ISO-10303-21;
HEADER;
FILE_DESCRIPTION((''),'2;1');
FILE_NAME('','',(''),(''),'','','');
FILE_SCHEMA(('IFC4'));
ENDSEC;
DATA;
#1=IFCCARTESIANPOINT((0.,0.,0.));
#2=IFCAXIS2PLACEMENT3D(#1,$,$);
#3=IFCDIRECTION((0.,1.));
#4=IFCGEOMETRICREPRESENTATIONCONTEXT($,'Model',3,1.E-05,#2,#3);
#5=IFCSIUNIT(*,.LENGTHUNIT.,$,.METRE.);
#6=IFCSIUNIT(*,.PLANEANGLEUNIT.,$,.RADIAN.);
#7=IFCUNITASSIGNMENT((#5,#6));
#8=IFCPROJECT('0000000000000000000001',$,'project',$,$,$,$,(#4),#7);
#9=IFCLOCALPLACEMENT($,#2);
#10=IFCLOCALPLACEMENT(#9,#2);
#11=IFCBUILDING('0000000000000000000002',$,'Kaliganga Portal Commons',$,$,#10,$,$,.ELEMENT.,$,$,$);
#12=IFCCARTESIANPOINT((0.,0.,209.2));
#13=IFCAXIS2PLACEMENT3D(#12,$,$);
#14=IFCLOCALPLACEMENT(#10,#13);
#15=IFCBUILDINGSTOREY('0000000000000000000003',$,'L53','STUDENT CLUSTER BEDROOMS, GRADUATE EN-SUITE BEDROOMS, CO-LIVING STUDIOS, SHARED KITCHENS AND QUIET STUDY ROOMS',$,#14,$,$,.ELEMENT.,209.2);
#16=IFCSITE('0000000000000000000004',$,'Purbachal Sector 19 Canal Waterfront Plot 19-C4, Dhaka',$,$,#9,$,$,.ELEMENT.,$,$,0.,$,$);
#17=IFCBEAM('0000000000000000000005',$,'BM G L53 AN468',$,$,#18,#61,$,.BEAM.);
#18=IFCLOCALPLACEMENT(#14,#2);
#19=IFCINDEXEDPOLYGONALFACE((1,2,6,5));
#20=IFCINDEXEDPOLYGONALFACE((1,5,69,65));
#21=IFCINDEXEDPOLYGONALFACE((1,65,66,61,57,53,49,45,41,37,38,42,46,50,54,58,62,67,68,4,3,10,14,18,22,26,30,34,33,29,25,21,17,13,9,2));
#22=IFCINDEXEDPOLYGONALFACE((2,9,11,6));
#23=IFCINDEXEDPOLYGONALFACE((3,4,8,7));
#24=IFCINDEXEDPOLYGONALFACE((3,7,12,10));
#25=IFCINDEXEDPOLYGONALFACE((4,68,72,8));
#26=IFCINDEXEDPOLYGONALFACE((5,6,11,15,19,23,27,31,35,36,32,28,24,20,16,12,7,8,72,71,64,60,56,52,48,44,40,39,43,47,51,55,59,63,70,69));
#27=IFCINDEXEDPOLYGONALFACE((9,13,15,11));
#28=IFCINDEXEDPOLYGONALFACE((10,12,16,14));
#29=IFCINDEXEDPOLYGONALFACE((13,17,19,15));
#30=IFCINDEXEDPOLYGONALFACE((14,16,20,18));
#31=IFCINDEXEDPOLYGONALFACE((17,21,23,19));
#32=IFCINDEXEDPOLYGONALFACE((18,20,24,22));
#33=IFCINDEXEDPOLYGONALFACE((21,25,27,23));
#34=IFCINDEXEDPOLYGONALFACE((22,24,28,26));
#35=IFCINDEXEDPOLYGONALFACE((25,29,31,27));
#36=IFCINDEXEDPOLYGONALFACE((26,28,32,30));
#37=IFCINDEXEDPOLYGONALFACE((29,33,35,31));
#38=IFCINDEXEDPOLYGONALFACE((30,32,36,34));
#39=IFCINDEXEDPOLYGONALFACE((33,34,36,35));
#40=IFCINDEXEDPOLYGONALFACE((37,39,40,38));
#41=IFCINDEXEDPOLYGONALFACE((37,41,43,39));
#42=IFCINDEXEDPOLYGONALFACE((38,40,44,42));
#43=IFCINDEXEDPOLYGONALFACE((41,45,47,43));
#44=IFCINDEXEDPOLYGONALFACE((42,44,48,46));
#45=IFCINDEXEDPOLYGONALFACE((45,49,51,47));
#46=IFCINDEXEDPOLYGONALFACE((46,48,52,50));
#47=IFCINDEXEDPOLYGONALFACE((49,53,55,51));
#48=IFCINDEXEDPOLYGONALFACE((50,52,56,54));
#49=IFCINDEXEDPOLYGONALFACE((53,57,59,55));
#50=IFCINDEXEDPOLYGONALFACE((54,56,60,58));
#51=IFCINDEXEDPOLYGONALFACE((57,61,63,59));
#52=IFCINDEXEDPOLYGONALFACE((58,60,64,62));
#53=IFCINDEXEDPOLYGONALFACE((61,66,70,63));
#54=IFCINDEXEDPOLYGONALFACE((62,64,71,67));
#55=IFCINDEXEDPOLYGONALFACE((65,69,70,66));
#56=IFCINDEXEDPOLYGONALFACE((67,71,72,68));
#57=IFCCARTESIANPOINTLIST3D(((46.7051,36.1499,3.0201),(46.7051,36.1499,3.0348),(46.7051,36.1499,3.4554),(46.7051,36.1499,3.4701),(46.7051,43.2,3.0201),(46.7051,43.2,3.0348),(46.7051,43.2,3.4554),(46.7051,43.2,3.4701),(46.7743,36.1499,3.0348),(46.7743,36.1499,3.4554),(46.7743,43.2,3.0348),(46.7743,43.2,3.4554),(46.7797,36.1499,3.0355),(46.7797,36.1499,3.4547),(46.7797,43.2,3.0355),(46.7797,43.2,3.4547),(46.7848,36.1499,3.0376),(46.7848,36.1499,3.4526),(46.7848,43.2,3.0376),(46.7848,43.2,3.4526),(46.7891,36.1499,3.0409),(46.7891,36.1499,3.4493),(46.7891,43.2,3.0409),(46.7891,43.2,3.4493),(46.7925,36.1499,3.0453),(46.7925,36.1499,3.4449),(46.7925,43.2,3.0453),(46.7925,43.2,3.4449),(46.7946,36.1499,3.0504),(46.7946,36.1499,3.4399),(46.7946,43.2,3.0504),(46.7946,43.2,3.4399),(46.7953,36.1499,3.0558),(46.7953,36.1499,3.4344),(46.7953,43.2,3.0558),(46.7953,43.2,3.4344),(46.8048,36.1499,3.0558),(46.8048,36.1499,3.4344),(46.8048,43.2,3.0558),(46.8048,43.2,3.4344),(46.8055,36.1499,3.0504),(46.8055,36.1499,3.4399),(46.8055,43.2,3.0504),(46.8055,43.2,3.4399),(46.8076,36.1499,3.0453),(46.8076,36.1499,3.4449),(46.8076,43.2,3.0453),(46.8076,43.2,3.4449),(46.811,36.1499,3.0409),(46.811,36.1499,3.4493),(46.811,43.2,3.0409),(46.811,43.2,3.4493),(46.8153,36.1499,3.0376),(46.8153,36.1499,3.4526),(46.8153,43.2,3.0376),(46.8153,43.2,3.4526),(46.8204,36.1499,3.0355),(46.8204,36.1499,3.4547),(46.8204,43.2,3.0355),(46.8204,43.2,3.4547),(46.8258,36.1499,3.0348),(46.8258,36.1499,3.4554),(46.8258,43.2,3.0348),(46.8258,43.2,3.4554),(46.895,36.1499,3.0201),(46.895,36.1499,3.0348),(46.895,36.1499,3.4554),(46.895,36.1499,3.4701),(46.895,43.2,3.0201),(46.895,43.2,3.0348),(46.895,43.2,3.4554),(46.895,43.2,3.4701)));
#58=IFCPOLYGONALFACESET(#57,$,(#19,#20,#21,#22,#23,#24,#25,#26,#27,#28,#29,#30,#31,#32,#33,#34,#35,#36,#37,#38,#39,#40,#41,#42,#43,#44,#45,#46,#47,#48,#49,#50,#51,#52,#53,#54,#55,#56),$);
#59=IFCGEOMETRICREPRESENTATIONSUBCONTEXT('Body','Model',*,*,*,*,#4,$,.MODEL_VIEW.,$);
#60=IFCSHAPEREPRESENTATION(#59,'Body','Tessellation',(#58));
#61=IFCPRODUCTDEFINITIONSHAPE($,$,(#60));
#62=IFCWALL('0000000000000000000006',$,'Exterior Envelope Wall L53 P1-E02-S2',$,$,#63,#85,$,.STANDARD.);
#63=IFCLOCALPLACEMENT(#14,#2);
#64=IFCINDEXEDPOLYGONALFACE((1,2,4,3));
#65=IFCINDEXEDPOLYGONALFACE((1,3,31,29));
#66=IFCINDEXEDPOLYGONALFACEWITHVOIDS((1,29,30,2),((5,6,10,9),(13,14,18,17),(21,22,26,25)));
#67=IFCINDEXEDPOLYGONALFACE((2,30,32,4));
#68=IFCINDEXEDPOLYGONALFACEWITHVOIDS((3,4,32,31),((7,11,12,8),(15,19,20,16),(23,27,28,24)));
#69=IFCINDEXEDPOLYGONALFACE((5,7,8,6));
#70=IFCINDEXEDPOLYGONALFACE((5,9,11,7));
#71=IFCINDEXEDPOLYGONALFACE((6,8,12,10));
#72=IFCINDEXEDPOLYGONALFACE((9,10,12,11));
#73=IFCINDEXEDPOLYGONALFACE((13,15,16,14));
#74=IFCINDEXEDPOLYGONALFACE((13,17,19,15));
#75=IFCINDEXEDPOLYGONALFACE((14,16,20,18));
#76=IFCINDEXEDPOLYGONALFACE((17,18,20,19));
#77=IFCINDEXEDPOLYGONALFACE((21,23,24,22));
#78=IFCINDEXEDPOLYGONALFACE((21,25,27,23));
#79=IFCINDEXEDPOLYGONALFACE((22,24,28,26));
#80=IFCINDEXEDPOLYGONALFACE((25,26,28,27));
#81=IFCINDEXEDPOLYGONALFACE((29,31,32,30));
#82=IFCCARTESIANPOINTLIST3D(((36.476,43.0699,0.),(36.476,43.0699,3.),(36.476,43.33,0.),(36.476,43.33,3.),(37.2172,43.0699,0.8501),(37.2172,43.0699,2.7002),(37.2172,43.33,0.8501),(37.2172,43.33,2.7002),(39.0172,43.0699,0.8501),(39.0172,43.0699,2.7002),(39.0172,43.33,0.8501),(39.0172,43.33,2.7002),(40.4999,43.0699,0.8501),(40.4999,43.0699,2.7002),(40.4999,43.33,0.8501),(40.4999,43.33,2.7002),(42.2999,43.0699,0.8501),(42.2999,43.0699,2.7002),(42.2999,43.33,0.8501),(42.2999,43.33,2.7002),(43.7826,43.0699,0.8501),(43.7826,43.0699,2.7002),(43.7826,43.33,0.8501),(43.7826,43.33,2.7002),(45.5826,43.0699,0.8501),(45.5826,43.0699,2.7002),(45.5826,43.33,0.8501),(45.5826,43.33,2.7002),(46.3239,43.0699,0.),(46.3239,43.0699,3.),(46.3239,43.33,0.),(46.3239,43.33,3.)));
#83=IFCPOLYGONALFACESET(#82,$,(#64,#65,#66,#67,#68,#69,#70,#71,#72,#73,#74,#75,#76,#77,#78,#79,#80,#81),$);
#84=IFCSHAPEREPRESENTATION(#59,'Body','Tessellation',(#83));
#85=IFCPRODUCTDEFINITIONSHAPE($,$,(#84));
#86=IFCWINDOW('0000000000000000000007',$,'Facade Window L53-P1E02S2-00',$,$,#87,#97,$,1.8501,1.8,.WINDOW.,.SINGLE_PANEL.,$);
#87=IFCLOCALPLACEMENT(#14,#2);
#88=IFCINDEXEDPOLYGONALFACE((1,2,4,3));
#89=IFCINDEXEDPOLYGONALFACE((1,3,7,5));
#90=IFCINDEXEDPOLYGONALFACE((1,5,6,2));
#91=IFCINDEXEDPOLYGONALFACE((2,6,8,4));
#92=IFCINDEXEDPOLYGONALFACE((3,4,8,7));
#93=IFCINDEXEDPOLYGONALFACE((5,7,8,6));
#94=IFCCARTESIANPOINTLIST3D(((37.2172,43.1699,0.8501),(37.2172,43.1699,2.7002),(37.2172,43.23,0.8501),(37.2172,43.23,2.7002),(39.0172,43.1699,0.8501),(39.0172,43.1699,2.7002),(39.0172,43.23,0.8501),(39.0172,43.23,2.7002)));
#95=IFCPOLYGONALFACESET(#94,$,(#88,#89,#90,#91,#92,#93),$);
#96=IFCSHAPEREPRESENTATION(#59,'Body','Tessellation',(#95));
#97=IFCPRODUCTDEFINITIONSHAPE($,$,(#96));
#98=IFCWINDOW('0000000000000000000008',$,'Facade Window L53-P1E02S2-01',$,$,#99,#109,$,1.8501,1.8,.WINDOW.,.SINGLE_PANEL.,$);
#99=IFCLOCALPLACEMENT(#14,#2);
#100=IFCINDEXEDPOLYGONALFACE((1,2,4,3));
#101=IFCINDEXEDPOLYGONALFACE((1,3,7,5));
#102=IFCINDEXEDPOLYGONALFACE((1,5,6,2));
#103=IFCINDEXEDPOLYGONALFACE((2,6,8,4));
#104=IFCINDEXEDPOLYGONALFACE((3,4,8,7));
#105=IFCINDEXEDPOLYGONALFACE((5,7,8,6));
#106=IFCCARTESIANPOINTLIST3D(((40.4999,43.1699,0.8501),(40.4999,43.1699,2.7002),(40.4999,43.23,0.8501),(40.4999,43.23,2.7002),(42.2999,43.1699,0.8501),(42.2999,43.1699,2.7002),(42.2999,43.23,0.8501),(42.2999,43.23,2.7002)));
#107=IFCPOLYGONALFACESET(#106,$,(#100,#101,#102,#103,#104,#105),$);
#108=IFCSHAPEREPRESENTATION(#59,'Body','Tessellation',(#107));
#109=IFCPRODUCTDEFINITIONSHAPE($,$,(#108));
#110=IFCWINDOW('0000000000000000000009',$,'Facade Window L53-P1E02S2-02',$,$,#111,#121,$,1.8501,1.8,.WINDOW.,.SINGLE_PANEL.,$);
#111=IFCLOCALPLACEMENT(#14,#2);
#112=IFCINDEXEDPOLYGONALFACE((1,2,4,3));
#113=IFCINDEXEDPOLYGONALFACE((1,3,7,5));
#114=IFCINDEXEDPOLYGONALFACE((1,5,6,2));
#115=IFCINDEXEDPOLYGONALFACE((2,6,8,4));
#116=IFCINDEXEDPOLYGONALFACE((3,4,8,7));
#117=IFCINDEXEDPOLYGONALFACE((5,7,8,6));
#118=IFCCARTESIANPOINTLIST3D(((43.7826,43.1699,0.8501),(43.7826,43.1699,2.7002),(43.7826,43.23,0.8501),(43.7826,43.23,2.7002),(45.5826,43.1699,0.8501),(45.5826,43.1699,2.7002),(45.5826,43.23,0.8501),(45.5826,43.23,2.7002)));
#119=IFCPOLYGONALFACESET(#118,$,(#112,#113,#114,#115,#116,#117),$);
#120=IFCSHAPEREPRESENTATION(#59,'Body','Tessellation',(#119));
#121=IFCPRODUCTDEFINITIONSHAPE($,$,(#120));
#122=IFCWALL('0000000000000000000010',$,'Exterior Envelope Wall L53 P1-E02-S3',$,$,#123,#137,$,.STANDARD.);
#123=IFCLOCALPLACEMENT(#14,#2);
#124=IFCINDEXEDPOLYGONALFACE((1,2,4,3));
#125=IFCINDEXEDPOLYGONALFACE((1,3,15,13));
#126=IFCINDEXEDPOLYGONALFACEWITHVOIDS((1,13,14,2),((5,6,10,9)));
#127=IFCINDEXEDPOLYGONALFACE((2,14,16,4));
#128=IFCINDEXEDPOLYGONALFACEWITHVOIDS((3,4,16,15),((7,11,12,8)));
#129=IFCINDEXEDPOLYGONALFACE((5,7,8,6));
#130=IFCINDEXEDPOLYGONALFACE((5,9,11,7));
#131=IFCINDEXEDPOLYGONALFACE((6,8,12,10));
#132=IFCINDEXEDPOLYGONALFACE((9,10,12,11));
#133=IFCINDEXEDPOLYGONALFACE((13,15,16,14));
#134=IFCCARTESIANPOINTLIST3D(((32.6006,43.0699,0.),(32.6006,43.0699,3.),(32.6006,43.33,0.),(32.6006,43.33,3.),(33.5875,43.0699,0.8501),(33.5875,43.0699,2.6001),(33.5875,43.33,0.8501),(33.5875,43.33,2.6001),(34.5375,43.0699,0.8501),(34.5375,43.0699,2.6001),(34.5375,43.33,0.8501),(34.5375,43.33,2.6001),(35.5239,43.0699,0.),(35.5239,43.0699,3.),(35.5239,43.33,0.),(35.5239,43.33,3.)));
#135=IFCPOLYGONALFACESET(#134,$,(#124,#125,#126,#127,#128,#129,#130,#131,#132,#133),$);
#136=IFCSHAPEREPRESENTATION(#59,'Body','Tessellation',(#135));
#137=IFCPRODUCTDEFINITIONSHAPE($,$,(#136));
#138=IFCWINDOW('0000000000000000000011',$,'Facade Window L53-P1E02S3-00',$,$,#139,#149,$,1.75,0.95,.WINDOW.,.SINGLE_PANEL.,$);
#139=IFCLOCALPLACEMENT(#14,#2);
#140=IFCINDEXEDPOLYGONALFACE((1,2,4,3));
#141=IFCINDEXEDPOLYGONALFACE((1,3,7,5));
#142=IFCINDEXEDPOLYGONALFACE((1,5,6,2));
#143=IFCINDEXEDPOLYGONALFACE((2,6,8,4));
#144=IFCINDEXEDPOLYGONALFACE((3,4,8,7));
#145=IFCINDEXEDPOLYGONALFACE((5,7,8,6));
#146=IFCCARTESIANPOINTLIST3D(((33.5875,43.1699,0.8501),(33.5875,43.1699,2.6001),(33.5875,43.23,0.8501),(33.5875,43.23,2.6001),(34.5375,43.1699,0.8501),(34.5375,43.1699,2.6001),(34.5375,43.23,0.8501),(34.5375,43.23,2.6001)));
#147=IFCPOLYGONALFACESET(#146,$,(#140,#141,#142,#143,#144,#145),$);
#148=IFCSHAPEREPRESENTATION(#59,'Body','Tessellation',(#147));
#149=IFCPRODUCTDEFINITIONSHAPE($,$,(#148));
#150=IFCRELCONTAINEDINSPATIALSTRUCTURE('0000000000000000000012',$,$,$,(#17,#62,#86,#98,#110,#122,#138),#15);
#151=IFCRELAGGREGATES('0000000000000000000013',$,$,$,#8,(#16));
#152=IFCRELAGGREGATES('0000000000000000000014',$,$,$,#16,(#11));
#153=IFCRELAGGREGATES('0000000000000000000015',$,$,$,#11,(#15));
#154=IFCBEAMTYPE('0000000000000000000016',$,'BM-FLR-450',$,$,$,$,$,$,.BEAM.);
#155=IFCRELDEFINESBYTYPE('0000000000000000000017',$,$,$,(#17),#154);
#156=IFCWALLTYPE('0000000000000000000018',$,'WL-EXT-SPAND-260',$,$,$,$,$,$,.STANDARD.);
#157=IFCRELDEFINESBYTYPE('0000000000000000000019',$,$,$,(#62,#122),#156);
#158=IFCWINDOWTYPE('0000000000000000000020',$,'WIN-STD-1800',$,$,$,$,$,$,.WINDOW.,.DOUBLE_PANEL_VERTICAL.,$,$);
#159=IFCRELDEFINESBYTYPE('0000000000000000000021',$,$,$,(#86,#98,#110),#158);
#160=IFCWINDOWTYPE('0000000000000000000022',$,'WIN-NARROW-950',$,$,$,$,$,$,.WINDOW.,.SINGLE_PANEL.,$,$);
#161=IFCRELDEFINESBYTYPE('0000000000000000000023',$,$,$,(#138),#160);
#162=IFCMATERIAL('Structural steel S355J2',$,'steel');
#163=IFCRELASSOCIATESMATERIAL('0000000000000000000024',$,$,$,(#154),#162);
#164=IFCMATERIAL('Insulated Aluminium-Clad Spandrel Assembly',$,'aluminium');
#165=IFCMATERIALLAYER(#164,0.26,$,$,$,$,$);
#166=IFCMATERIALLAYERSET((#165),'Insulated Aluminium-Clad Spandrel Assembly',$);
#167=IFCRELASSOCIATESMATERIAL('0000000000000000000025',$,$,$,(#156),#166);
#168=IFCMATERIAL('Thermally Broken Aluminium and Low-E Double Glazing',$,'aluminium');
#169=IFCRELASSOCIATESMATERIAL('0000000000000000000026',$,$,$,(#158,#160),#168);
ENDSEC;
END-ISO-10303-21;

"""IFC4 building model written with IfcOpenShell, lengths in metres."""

from ifc_helpers import new_model, si_unit, direction, frame, frame_2d, origin, origin_2d, place, context, subcontext, project, spatial, rectangle, i_section, extrude, source, transform, mapped, material, layer, layer_set, material_profile, profile_set, type_object, element, fill, save


model = new_model("IFC4")

# Units and contexts
model_context = context("Model", 3, precision=1e-05, world=origin(), true_north=direction((0.0, 1.0)))
body_context = subcontext(model_context, "Body", "Model", "MODEL_VIEW")
ifc_project = project(units=[si_unit("LENGTHUNIT", "METRE"), si_unit("PLANEANGLEUNIT", "RADIAN")], contexts=[model_context])

# Site, building, storey
site_placement = place(None, origin())
site = spatial("IfcSite", under=ifc_project, at=site_placement, Name="Purbachal Sector 19 Canal Waterfront Plot 19-C4, Dhaka", CompositionType="ELEMENT", RefElevation=0.0)
building_placement = place(site_placement, origin())
building = spatial("IfcBuilding", under=site, at=building_placement, Name="Kaliganga Portal Commons", CompositionType="ELEMENT")
storey_placement = place(building_placement, frame((0.0, 0.0, 209.2)))
storey = spatial("IfcBuildingStorey", under=building, at=storey_placement, Name="L53", Description="STUDENT CLUSTER BEDROOMS, GRADUATE EN-SUITE BEDROOMS, CO-LIVING STUDIOS, SHARED KITCHENS AND QUIET STUDY ROOMS", CompositionType="ELEMENT", Elevation=209.2)

# Beam
ifc_material_1 = material(Name="Structural steel S355J2", Category="steel")
ifc_material_profile_1 = material_profile(ifc_material_1, i_section(OverallWidth=0.1899, OverallDepth=0.45, WebThickness=0.0095, FlangeThickness=0.0146, FilletRadius=0.021, at=origin_2d()), Name="IPE 450")
ifc_profile_set_1 = profile_set([ifc_material_profile_1], Name="Structural steel S355J2 wide-flange")
beam_type_1 = type_object("IfcBeamType", Name="BM-FLR-450", PredefinedType="BEAM", material=ifc_profile_set_1)
shared_shape_1 = source(origin(), body_context, "Body", "SweptSolid", [
    extrude(i_section(OverallWidth=0.1899, OverallDepth=0.45, WebThickness=0.0095, FlangeThickness=0.0146, FilletRadius=0.021, at=origin_2d()), origin(), (0.0, 0.0, 1.0), 7.05),
])
for number, where, z_axis, x_axis, name in (
    (1, (46.8, 36.1499, 3.2451), (0.0, 1.0, 0.0), (-1.0, 0.0, 0.0), "BM G L53 AN468"),
):
    element("IfcBeam", number, at=place(storey_placement, frame(where, z_axis=z_axis, x_axis=x_axis)), inside=storey, type_object=beam_type_1, Name=name, PredefinedType="BEAM", context=body_context, shape_type="MappedRepresentation", body=[
        mapped(shared_shape_1, transform((0.0, 0.0, 0.0), x_axis=(1.0, 0.0, 0.0), y_axis=(0.0, 1.0, 0.0), z_axis=(0.0, 0.0, 1.0), scale=1.0)),
    ])

# Wall, openings, windows
ifc_material_2 = material(Name="Insulated Aluminium-Clad Spandrel Assembly", Category="aluminium")
ifc_layer_1 = layer(ifc_material_2, 0.26)
ifc_layer_set_1 = layer_set([ifc_layer_1], Name="Insulated Aluminium-Clad Spandrel Assembly")
wall_type_1 = type_object("IfcWallType", Name="WL-EXT-SPAND-260", PredefinedType="STANDARD", material=ifc_layer_set_1)
wall_1_placement = place(storey_placement, frame((36.4761, 43.2, 0.0), z_axis=(0.0, 0.0, 1.0), x_axis=(1.0, 0.0, 0.0)))
wall_1 = element("IfcWall", 2, at=wall_1_placement, inside=storey, type_object=wall_type_1, Name="Exterior Envelope Wall L53 P1-E02-S2", PredefinedType="STANDARD", context=body_context, shape_type="SweptSolid", body=[
    extrude(rectangle(XDim=9.8479, YDim=0.26, at=frame_2d((4.9238, 0.0))), origin(), (0.0, 0.0, 1.0), 3.0),
])
opening_1_placement = place(wall_1_placement, frame((0.7412, 0.0, 0.8501)))
opening_1 = element("IfcOpeningElement", 3, at=opening_1_placement, cuts=wall_1, PredefinedType="OPENING", context=body_context, shape_type="SweptSolid", body=[
    extrude(rectangle(XDim=1.8, YDim=1.8501, at=frame_2d((0.8999, 0.925))), frame((0.0, 0.1401, 0.0), z_axis=(0.0, -1.0, 0.0), x_axis=(1.0, 0.0, 0.0)), (0.0, 0.0, 1.0), 0.28),
])
opening_2_placement = place(wall_1_placement, frame((4.0239, 0.0, 0.8501)))
opening_2 = element("IfcOpeningElement", 4, at=opening_2_placement, cuts=wall_1, PredefinedType="OPENING", context=body_context, shape_type="SweptSolid", body=[
    extrude(rectangle(XDim=1.8, YDim=1.8501, at=frame_2d((0.8999, 0.925))), frame((0.0, 0.1401, 0.0), z_axis=(0.0, -1.0, 0.0), x_axis=(1.0, 0.0, 0.0)), (0.0, 0.0, 1.0), 0.28),
])
opening_3_placement = place(wall_1_placement, frame((7.3066, 0.0, 0.8501)))
opening_3 = element("IfcOpeningElement", 5, at=opening_3_placement, cuts=wall_1, PredefinedType="OPENING", context=body_context, shape_type="SweptSolid", body=[
    extrude(rectangle(XDim=1.8, YDim=1.8501, at=frame_2d((0.8999, 0.925))), frame((0.0, 0.1401, 0.0), z_axis=(0.0, -1.0, 0.0), x_axis=(1.0, 0.0, 0.0)), (0.0, 0.0, 1.0), 0.28),
])
ifc_material_3 = material(Name="Thermally Broken Aluminium and Low-E Double Glazing", Category="aluminium")
window_type_1 = type_object("IfcWindowType", Name="WIN-STD-1800", PartitioningType="DOUBLE_PANEL_VERTICAL", PredefinedType="WINDOW", material=ifc_material_3)
window_1_placement = place(opening_1_placement, origin())
window_1 = element("IfcWindow", 6, at=window_1_placement, inside=storey, type_object=window_type_1, Name="Facade Window L53-P1E02S2-00", OverallHeight=1.8501, OverallWidth=1.8, PartitioningType="SINGLE_PANEL", PredefinedType="WINDOW", context=body_context, shape_type="SweptSolid", body=[
    extrude(rectangle(XDim=1.8, YDim=1.8501, at=frame_2d((0.8999, 0.925))), frame((0.0, 0.03, 0.0), z_axis=(0.0, -1.0, 0.0), x_axis=(1.0, 0.0, 0.0)), (0.0, 0.0, 1.0), 0.0601),
])
fill(opening_1, window_1)
window_2_placement = place(opening_2_placement, origin())
window_2 = element("IfcWindow", 7, at=window_2_placement, inside=storey, type_object=window_type_1, Name="Facade Window L53-P1E02S2-01", OverallHeight=1.8501, OverallWidth=1.8, PartitioningType="SINGLE_PANEL", PredefinedType="WINDOW", context=body_context, shape_type="SweptSolid", body=[
    extrude(rectangle(XDim=1.8, YDim=1.8501, at=frame_2d((0.8999, 0.925))), frame((0.0, 0.03, 0.0), z_axis=(0.0, -1.0, 0.0), x_axis=(1.0, 0.0, 0.0)), (0.0, 0.0, 1.0), 0.0601),
])
fill(opening_2, window_2)
window_3_placement = place(opening_3_placement, origin())
window_3 = element("IfcWindow", 8, at=window_3_placement, inside=storey, type_object=window_type_1, Name="Facade Window L53-P1E02S2-02", OverallHeight=1.8501, OverallWidth=1.8, PartitioningType="SINGLE_PANEL", PredefinedType="WINDOW", context=body_context, shape_type="SweptSolid", body=[
    extrude(rectangle(XDim=1.8, YDim=1.8501, at=frame_2d((0.8999, 0.925))), frame((0.0, 0.03, 0.0), z_axis=(0.0, -1.0, 0.0), x_axis=(1.0, 0.0, 0.0)), (0.0, 0.0, 1.0), 0.0601),
])
fill(opening_3, window_3)

# Wall, opening, window
wall_2_placement = place(storey_placement, frame((32.6006, 43.2, 0.0), z_axis=(0.0, 0.0, 1.0), x_axis=(1.0, 0.0, 0.0)))
wall_2 = element("IfcWall", 9, at=wall_2_placement, inside=storey, type_object=wall_type_1, Name="Exterior Envelope Wall L53 P1-E02-S3", PredefinedType="STANDARD", context=body_context, shape_type="SweptSolid", body=[
    extrude(rectangle(XDim=2.9233, YDim=0.26, at=frame_2d((1.4617, 0.0))), origin(), (0.0, 0.0, 1.0), 3.0),
])
opening_4_placement = place(wall_2_placement, frame((0.9868, 0.0, 0.8501)))
opening_4 = element("IfcOpeningElement", 10, at=opening_4_placement, cuts=wall_2, PredefinedType="OPENING", context=body_context, shape_type="SweptSolid", body=[
    extrude(rectangle(XDim=0.95, YDim=1.75, at=frame_2d((0.4751, 0.875))), frame((0.0, 0.1401, 0.0), z_axis=(0.0, -1.0, 0.0), x_axis=(1.0, 0.0, 0.0)), (0.0, 0.0, 1.0), 0.28),
])
window_type_2 = type_object("IfcWindowType", Name="WIN-NARROW-950", PartitioningType="SINGLE_PANEL", PredefinedType="WINDOW", material=ifc_material_3)
window_4_placement = place(opening_4_placement, origin())
window_4 = element("IfcWindow", 11, at=window_4_placement, inside=storey, type_object=window_type_2, Name="Facade Window L53-P1E02S3-00", OverallHeight=1.75, OverallWidth=0.95, PartitioningType="SINGLE_PANEL", PredefinedType="WINDOW", context=body_context, shape_type="SweptSolid", body=[
    extrude(rectangle(XDim=0.95, YDim=1.75, at=frame_2d((0.4751, 0.875))), frame((0.0, 0.03, 0.0), z_axis=(0.0, -1.0, 0.0), x_axis=(1.0, 0.0, 0.0)), (0.0, 0.0, 1.0), 0.0601),
])
fill(opening_4, window_4)

save(model, "model.ifc")
